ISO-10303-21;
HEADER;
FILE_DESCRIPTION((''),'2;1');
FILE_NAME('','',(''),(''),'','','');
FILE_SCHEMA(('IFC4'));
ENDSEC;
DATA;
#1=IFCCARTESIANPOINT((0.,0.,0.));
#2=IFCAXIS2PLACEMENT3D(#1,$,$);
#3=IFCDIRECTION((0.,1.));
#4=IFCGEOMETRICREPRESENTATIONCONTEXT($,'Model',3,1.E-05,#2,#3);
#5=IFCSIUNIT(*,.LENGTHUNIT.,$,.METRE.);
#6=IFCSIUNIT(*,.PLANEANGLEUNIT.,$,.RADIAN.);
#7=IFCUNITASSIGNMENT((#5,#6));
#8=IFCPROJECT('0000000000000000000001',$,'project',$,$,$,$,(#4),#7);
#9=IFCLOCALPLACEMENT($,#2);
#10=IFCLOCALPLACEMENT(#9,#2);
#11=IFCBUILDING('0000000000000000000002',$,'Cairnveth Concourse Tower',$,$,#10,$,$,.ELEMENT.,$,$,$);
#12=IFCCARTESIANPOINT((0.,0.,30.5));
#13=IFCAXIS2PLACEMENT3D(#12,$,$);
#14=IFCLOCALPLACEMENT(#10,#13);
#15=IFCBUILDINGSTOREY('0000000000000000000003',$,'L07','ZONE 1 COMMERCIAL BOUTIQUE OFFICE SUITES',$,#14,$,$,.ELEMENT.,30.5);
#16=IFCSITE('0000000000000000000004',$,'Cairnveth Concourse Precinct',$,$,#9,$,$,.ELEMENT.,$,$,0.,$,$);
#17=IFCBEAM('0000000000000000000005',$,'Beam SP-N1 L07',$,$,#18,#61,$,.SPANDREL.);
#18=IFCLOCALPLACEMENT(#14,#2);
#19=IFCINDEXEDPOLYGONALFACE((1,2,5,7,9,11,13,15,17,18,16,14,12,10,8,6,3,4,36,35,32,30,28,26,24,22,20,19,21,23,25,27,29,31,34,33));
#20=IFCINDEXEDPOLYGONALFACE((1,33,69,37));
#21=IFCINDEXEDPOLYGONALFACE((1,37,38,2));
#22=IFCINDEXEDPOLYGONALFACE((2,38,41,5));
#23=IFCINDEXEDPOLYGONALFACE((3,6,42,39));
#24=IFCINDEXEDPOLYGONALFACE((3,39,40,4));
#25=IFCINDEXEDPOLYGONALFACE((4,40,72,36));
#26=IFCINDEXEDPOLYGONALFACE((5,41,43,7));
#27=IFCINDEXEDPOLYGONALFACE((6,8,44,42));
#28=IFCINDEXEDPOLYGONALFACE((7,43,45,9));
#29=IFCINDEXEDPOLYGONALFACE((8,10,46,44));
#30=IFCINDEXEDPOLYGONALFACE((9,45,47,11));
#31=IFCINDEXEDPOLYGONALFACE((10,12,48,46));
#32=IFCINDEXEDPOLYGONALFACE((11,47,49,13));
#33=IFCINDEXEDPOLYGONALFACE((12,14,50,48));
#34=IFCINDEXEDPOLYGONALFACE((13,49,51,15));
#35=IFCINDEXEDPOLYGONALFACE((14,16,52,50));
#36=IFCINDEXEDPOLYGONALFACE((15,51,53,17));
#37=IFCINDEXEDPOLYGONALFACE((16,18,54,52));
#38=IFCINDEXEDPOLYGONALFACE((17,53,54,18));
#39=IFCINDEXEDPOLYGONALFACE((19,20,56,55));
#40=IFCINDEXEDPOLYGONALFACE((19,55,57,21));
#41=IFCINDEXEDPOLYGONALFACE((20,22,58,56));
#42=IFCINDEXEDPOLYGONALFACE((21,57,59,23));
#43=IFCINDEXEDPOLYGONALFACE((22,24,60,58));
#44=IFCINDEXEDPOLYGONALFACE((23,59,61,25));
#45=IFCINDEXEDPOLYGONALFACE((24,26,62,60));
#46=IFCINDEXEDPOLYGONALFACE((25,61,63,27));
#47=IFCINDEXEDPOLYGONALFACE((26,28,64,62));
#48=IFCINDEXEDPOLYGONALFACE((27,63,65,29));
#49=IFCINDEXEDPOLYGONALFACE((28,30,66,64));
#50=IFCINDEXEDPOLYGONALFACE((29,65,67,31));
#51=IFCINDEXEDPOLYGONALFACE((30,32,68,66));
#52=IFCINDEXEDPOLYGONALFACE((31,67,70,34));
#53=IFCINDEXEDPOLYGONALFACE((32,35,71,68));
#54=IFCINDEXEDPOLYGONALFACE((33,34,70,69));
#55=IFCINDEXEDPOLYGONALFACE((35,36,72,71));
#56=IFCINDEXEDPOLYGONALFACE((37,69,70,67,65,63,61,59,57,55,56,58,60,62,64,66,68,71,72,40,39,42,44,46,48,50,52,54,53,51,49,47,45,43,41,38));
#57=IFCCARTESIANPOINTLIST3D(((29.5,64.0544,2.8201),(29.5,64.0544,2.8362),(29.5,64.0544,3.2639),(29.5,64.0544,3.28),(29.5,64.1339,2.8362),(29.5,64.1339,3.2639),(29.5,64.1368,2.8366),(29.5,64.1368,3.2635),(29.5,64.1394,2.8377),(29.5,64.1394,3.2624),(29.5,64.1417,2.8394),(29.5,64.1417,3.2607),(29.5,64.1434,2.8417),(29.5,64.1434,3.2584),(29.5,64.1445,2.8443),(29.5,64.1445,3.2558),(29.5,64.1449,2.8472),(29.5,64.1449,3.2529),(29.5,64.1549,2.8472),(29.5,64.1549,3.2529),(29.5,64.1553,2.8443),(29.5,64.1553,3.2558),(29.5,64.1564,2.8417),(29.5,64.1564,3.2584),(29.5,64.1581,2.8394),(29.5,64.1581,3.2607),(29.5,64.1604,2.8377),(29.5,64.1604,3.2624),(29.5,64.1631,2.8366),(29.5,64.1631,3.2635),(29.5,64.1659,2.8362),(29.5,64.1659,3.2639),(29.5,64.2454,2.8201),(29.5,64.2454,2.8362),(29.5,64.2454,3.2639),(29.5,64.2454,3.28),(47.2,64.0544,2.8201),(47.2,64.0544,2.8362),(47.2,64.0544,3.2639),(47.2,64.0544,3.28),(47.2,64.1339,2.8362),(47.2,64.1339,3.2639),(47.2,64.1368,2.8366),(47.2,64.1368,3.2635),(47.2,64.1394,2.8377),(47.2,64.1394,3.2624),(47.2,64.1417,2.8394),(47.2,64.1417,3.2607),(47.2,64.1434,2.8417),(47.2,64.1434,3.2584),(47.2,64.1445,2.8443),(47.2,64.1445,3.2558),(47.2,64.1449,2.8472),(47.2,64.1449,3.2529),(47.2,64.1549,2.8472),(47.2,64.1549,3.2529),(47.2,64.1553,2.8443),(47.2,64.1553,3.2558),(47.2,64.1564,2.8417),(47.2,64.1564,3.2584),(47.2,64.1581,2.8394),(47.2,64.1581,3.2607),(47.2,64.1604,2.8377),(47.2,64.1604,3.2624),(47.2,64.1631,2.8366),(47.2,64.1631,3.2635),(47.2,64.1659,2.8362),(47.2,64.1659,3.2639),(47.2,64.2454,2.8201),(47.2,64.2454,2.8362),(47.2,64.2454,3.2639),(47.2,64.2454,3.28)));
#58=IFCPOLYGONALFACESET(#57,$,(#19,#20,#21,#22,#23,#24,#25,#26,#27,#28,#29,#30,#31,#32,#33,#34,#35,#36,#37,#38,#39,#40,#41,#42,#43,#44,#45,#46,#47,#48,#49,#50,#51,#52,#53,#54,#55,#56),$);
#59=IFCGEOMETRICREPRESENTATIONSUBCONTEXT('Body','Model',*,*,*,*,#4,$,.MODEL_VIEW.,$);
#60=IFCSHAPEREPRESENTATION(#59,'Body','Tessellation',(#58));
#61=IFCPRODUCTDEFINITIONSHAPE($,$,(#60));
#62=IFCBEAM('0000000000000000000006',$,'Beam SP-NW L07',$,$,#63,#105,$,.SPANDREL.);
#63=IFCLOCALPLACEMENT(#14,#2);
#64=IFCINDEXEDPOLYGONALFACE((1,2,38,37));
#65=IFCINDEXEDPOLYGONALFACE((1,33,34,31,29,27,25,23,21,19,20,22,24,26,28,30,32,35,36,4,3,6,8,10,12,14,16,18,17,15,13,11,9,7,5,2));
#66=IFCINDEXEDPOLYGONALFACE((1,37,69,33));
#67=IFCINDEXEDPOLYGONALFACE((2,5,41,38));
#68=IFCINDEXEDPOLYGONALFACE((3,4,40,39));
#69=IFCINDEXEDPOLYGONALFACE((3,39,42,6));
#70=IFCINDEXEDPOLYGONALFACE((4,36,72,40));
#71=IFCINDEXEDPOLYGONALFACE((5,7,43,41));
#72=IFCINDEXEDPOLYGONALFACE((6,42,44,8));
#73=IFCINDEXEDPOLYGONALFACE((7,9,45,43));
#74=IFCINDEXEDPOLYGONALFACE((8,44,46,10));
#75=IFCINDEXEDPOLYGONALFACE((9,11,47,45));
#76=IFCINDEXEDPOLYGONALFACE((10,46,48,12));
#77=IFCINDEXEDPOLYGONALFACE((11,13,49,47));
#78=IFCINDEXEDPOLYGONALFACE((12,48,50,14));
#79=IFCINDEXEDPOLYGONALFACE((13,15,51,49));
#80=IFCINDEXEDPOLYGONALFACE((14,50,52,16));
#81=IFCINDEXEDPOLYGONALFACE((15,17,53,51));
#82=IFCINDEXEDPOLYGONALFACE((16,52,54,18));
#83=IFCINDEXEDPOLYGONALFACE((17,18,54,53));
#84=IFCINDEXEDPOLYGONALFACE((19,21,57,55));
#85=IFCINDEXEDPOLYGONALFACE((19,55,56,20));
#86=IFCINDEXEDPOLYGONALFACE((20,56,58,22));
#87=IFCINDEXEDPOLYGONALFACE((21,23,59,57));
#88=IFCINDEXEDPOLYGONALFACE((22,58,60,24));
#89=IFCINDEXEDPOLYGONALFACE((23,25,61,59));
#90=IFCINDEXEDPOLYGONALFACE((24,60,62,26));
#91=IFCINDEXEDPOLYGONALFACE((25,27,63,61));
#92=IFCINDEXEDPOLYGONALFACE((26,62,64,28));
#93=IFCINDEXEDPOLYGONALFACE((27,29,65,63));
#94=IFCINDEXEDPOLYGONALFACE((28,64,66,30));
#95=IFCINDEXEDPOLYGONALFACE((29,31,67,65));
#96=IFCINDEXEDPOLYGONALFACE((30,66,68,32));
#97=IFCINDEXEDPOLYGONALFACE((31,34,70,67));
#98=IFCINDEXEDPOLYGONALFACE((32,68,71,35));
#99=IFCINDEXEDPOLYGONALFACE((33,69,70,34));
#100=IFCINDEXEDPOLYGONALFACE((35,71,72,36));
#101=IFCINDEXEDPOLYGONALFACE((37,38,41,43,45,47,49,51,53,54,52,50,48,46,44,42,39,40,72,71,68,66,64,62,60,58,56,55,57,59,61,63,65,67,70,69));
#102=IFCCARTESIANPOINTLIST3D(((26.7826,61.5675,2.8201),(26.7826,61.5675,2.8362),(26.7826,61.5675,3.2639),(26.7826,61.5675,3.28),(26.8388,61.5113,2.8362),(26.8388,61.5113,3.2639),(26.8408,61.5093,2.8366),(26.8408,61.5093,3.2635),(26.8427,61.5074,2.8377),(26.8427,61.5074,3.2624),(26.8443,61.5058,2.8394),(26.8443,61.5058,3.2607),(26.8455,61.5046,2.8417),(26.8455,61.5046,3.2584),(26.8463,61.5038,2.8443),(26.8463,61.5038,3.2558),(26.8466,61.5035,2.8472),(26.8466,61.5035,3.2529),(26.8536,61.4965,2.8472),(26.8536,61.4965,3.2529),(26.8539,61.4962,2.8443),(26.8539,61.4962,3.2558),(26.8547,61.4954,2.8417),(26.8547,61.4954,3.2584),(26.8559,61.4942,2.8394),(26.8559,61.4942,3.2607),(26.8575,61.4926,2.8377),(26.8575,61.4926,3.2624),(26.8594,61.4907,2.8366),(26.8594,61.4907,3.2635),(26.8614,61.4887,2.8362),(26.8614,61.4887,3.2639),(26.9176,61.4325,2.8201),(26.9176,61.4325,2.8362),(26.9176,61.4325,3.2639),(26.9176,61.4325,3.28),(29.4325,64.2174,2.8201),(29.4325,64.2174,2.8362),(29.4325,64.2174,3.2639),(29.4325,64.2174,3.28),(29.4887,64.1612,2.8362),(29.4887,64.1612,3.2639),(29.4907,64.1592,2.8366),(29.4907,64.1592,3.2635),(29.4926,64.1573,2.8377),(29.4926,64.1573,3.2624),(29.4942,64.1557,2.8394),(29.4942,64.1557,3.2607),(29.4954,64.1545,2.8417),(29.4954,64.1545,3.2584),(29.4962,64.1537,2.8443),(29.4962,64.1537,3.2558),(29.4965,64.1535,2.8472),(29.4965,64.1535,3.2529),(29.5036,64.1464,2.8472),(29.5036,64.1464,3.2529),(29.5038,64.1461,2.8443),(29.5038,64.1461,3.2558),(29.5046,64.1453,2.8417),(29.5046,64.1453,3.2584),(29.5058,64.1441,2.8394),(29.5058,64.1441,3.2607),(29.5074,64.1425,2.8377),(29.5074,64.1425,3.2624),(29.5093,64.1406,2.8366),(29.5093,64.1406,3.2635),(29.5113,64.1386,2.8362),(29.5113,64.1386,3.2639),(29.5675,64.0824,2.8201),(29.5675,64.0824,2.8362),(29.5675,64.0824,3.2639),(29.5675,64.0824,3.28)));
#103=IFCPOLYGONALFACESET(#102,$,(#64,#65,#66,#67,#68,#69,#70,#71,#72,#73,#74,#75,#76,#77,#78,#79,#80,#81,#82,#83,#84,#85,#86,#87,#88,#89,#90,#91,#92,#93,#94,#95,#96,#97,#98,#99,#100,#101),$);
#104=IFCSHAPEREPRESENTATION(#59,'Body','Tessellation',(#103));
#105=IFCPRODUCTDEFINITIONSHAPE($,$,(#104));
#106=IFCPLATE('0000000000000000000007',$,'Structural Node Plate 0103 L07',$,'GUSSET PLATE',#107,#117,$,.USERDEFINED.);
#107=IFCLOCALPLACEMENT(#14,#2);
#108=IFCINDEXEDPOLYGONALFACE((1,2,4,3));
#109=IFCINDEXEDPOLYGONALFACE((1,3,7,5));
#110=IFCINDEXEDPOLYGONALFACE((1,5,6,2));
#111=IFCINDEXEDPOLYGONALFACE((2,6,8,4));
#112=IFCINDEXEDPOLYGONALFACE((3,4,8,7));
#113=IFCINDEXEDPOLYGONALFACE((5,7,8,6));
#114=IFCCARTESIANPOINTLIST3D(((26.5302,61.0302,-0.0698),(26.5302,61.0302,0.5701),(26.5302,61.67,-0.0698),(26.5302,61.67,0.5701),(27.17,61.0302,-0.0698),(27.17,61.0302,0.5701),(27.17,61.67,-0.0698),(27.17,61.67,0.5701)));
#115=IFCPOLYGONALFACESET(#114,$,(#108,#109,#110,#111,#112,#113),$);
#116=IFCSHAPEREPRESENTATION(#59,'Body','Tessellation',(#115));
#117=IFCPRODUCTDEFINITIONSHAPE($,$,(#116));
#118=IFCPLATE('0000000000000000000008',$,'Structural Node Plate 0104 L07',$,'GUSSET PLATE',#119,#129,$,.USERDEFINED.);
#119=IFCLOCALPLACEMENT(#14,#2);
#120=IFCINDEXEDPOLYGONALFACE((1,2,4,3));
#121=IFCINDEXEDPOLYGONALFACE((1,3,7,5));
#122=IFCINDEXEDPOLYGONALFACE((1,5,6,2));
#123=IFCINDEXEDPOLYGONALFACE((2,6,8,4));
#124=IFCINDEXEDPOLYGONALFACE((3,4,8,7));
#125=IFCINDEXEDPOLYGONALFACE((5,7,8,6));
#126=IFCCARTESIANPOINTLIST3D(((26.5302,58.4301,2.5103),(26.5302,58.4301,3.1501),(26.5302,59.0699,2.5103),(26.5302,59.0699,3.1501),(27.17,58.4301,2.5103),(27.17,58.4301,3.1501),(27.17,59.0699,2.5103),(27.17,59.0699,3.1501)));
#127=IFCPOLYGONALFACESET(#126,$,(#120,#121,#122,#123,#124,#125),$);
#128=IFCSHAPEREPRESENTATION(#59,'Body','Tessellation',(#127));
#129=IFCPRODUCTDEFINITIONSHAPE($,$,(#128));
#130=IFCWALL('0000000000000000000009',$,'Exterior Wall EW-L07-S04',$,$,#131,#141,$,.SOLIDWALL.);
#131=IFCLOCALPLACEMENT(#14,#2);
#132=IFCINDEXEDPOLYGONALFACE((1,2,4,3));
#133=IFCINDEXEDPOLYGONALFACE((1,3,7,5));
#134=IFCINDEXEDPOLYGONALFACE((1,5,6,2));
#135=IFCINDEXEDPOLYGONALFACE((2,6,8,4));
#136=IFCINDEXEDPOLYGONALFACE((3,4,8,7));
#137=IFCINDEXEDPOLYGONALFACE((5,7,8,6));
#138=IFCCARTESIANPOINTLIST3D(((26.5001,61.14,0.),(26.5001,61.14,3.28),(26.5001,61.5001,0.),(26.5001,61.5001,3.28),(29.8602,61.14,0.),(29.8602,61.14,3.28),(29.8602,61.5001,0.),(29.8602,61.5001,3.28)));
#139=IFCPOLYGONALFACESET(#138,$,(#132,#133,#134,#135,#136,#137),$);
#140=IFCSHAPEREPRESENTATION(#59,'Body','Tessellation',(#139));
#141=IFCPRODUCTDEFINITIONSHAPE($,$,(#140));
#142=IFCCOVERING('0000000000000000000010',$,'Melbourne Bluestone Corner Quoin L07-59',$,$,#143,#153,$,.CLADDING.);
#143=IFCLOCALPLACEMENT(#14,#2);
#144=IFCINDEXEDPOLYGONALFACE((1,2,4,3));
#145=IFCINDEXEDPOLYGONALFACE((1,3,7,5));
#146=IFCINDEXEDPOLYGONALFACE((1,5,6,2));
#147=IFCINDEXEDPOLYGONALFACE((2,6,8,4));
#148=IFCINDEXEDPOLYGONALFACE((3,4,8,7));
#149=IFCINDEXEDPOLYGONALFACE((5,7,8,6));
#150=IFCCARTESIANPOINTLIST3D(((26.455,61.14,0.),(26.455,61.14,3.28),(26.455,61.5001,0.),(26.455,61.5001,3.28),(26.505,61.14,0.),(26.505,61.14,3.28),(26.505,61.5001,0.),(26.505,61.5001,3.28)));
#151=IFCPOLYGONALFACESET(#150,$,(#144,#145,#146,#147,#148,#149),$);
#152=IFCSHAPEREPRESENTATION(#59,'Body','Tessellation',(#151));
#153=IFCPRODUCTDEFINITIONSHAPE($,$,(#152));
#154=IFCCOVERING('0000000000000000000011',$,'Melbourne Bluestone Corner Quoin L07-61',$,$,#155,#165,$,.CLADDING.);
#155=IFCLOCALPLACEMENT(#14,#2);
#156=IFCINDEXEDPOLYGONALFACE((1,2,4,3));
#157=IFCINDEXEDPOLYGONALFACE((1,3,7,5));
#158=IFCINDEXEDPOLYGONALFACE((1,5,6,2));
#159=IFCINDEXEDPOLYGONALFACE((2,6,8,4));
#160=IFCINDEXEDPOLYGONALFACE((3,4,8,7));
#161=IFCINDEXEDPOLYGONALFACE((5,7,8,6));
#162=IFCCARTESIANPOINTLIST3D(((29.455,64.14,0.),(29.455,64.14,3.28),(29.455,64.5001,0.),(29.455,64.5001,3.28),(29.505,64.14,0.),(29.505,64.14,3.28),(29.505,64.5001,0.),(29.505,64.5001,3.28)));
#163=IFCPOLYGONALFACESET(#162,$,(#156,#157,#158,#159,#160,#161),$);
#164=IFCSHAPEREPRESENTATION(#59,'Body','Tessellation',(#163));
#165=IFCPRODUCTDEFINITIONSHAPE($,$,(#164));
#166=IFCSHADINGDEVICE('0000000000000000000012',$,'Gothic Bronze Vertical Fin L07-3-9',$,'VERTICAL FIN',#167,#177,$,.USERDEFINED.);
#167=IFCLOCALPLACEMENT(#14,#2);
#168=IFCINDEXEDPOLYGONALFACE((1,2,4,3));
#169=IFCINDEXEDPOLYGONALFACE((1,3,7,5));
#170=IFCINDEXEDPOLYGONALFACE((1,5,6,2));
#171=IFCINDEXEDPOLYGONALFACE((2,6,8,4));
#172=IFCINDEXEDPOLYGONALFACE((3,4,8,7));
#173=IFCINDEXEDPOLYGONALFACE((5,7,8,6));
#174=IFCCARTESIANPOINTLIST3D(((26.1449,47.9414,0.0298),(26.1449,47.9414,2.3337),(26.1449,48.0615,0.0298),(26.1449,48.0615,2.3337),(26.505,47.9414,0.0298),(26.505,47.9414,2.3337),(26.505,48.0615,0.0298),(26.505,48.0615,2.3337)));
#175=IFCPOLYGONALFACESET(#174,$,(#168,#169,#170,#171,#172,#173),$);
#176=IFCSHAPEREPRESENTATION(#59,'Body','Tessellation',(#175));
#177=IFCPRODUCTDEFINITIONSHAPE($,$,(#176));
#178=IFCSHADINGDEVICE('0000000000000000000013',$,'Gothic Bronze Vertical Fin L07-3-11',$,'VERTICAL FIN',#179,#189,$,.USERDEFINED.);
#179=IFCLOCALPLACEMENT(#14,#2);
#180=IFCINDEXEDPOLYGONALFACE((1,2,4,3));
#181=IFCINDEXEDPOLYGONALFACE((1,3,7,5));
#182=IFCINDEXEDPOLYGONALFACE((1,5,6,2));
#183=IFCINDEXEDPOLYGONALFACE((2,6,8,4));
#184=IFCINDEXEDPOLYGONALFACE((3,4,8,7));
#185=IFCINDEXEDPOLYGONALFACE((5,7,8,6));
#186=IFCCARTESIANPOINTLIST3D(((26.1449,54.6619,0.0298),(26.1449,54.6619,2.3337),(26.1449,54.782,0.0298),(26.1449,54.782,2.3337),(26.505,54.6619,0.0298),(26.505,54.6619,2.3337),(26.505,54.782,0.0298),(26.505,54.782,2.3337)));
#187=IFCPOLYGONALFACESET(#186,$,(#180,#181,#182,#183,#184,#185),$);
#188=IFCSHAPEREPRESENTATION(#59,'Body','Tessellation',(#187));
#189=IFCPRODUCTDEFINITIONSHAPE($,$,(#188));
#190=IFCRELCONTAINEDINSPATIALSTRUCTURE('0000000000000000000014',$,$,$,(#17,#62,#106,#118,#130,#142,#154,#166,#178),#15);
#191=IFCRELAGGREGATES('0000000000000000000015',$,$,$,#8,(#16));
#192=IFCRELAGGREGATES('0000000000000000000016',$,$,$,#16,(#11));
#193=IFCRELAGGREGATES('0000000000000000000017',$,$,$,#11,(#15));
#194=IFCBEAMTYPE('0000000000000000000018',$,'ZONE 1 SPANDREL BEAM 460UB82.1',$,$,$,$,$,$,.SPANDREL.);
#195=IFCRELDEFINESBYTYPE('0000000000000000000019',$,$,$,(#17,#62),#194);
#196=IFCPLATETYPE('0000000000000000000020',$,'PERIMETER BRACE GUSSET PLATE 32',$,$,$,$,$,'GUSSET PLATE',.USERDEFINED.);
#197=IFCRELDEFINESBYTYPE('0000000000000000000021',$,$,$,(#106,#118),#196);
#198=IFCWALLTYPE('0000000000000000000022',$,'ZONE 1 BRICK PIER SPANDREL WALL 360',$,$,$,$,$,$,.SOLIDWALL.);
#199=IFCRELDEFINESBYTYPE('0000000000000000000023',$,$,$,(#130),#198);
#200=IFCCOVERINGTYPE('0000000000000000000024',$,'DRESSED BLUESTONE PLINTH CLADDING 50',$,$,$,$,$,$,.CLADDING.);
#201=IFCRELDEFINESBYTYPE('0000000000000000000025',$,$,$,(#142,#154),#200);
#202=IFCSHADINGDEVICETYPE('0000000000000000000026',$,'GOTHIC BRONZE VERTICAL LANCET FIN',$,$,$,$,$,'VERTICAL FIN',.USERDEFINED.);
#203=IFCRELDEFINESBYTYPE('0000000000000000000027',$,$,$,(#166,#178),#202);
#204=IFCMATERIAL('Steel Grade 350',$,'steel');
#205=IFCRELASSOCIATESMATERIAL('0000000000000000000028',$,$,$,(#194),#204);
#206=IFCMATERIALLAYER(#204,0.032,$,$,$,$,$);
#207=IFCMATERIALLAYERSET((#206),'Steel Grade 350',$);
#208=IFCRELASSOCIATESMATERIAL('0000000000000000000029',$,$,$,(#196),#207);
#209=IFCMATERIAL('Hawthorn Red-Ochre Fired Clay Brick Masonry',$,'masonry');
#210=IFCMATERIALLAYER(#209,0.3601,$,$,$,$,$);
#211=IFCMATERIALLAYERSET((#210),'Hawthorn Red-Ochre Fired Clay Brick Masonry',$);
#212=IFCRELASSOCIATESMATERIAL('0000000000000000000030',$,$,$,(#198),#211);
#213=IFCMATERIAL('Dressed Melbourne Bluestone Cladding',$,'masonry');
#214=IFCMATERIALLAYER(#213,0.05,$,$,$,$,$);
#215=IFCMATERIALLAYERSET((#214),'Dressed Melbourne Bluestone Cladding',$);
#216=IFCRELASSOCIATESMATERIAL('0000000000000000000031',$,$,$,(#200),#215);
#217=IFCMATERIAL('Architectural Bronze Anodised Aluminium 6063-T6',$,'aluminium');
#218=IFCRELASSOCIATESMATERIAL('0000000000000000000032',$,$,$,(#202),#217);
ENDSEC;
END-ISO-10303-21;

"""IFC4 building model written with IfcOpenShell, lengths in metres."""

from ifc_helpers import new_model, si_unit, direction, frame, frame_2d, origin, origin_2d, place, context, subcontext, project, spatial, rectangle, i_section, extrude, material, layer, layer_set, material_profile, profile_set, type_object, element, save


model = new_model("IFC4")

# Units and contexts
model_context = context("Model", 3, precision=1e-05, world=origin(), true_north=direction((0.0, 1.0)))
body_context = subcontext(model_context, "Body", "Model", "MODEL_VIEW")
ifc_project = project(units=[si_unit("LENGTHUNIT", "METRE"), si_unit("PLANEANGLEUNIT", "RADIAN")], contexts=[model_context])

# Site, building, storey
site_placement = place(None, origin())
site = spatial("IfcSite", under=ifc_project, at=site_placement, Name="Cairnveth Concourse Precinct", CompositionType="ELEMENT", RefElevation=0.0)
building_placement = place(site_placement, origin())
building = spatial("IfcBuilding", under=site, at=building_placement, Name="Cairnveth Concourse Tower", CompositionType="ELEMENT")
storey_placement = place(building_placement, frame((0.0, 0.0, 30.5)))
storey = spatial("IfcBuildingStorey", under=building, at=storey_placement, Name="L07", Description="ZONE 1 COMMERCIAL BOUTIQUE OFFICE SUITES", CompositionType="ELEMENT", Elevation=30.5)

# Shared definitions
ifc_material_1 = material(Name="Steel Grade 350", Category="steel")

# Beams
ifc_material_profile_1 = material_profile(ifc_material_1, i_section(OverallWidth=0.1909, OverallDepth=0.46, WebThickness=0.01, FlangeThickness=0.0161, FilletRadius=0.011, at=origin_2d()), Name="460UB82.1")
ifc_profile_set_1 = profile_set([ifc_material_profile_1], Name="Steel Grade 350")
beam_type_1 = type_object("IfcBeamType", Name="ZONE 1 SPANDREL BEAM 460UB82.1", PredefinedType="SPANDREL", material=ifc_profile_set_1)
beam_1_placement = place(storey_placement, frame((29.5, 64.1499, 3.05), z_axis=(1.0, 0.0, 0.0), x_axis=(0.0, 1.0, 0.0)))
element("IfcBeam", 1, at=beam_1_placement, inside=storey, type_object=beam_type_1, Name="Beam SP-N1 L07", PredefinedType="SPANDREL", context=body_context, shape_type="SweptSolid", body=[
    extrude(i_section(OverallWidth=0.1909, OverallDepth=0.46, WebThickness=0.01, FlangeThickness=0.0161, FilletRadius=0.011, at=origin_2d()), origin(), (0.0, 0.0, 1.0), 17.7),
])
beam_2_placement = place(storey_placement, frame((26.8501, 61.5, 3.05), z_axis=(0.707107, 0.707107, 0.0), x_axis=(-0.707107, 0.707107, 0.0)))
element("IfcBeam", 2, at=beam_2_placement, inside=storey, type_object=beam_type_1, Name="Beam SP-NW L07", PredefinedType="SPANDREL", context=body_context, shape_type="SweptSolid", body=[
    extrude(i_section(OverallWidth=0.1909, OverallDepth=0.46, WebThickness=0.01, FlangeThickness=0.0161, FilletRadius=0.011, at=origin_2d()), origin(), (0.0, 0.0, 1.0), 3.7476),
])

# Plates
ifc_layer_1 = layer(ifc_material_1, 0.032)
ifc_layer_set_1 = layer_set([ifc_layer_1], Name="Steel Grade 350")
plate_type = type_object("IfcPlateType", Name="PERIMETER BRACE GUSSET PLATE 32", ElementType="GUSSET PLATE", PredefinedType="USERDEFINED", material=ifc_layer_set_1)
for number, where, z_axis, x_axis, name in (
    (3, (26.8501, 61.3501, -0.0698), (0.0, 0.0, 1.0), (1.0, 0.0, 0.0), "Structural Node Plate 0103 L07"),
    (4, (26.8501, 58.75, 2.5103), (0.0, 0.0, 1.0), (1.0, 0.0, 0.0), "Structural Node Plate 0104 L07"),
):
    element("IfcPlate", number, at=place(storey_placement, frame(where, z_axis=z_axis, x_axis=x_axis)), inside=storey, type_object=plate_type, Name=name, ObjectType="GUSSET PLATE", PredefinedType="USERDEFINED", context=body_context, shape_type="SweptSolid", body=[
        extrude(rectangle(XDim=0.6399, YDim=0.6399, at=origin_2d()), origin(), (0.0, 0.0, 1.0), 0.6399),
    ])

# Wall
ifc_material_2 = material(Name="Hawthorn Red-Ochre Fired Clay Brick Masonry", Category="masonry")
ifc_layer_2 = layer(ifc_material_2, 0.3601)
ifc_layer_set_2 = layer_set([ifc_layer_2], Name="Hawthorn Red-Ochre Fired Clay Brick Masonry")
wall_type = type_object("IfcWallType", Name="ZONE 1 BRICK PIER SPANDREL WALL 360", PredefinedType="SOLIDWALL", material=ifc_layer_set_2)
wall_placement = place(storey_placement, frame((26.5, 61.3201, 0.0), z_axis=(0.0, 0.0, 1.0), x_axis=(1.0, 0.0, 0.0)))
element("IfcWall", 5, at=wall_placement, inside=storey, type_object=wall_type, Name="Exterior Wall EW-L07-S04", PredefinedType="SOLIDWALL", context=body_context, shape_type="SweptSolid", body=[
    extrude(rectangle(XDim=3.3601, YDim=0.3601, at=frame_2d((1.6802, 0.0))), origin(), (0.0, 0.0, 1.0), 3.28),
])

# Coverings
ifc_material_3 = material(Name="Dressed Melbourne Bluestone Cladding", Category="masonry")
ifc_layer_3 = layer(ifc_material_3, 0.05)
ifc_layer_set_3 = layer_set([ifc_layer_3], Name="Dressed Melbourne Bluestone Cladding")
covering_type = type_object("IfcCoveringType", Name="DRESSED BLUESTONE PLINTH CLADDING 50", PredefinedType="CLADDING", material=ifc_layer_set_3)
for number, where, z_axis, x_axis, name in (
    (6, (26.48, 61.1399, 0.0), (0.0, 0.0, 1.0), (0.0, 1.0, 0.0), "Melbourne Bluestone Corner Quoin L07-59"),
    (7, (29.48, 64.1399, 0.0), (0.0, 0.0, 1.0), (0.0, 1.0, 0.0), "Melbourne Bluestone Corner Quoin L07-61"),
):
    element("IfcCovering", number, at=place(storey_placement, frame(where, z_axis=z_axis, x_axis=x_axis)), inside=storey, type_object=covering_type, Name=name, PredefinedType="CLADDING", context=body_context, shape_type="SweptSolid", body=[
        extrude(rectangle(XDim=0.3601, YDim=0.05, at=frame_2d((0.1802, 0.0))), origin(), (0.0, 0.0, 1.0), 3.28),
    ])

# Shading devices
ifc_material_4 = material(Name="Architectural Bronze Anodised Aluminium 6063-T6", Category="aluminium")
shading_device_type = type_object("IfcShadingDeviceType", Name="GOTHIC BRONZE VERTICAL LANCET FIN", ElementType="VERTICAL FIN", PredefinedType="USERDEFINED", material=ifc_material_4)
for number, where, z_axis, x_axis, name in (
    (8, (26.325, 48.0015, 0.0298), (0.0, 0.0, 1.0), (0.0, 1.0, 0.0), "Gothic Bronze Vertical Fin L07-3-9"),
    (9, (26.325, 54.7219, 0.0298), (0.0, 0.0, 1.0), (0.0, 1.0, 0.0), "Gothic Bronze Vertical Fin L07-3-11"),
):
    element("IfcShadingDevice", number, at=place(storey_placement, frame(where, z_axis=z_axis, x_axis=x_axis)), inside=storey, type_object=shading_device_type, Name=name, ObjectType="VERTICAL FIN", PredefinedType="USERDEFINED", context=body_context, shape_type="SweptSolid", body=[
        extrude(rectangle(XDim=0.1201, YDim=0.3601, at=origin_2d()), origin(), (0.0, 0.0, 1.0), 2.304),
    ])

save(model, "model.ifc")
